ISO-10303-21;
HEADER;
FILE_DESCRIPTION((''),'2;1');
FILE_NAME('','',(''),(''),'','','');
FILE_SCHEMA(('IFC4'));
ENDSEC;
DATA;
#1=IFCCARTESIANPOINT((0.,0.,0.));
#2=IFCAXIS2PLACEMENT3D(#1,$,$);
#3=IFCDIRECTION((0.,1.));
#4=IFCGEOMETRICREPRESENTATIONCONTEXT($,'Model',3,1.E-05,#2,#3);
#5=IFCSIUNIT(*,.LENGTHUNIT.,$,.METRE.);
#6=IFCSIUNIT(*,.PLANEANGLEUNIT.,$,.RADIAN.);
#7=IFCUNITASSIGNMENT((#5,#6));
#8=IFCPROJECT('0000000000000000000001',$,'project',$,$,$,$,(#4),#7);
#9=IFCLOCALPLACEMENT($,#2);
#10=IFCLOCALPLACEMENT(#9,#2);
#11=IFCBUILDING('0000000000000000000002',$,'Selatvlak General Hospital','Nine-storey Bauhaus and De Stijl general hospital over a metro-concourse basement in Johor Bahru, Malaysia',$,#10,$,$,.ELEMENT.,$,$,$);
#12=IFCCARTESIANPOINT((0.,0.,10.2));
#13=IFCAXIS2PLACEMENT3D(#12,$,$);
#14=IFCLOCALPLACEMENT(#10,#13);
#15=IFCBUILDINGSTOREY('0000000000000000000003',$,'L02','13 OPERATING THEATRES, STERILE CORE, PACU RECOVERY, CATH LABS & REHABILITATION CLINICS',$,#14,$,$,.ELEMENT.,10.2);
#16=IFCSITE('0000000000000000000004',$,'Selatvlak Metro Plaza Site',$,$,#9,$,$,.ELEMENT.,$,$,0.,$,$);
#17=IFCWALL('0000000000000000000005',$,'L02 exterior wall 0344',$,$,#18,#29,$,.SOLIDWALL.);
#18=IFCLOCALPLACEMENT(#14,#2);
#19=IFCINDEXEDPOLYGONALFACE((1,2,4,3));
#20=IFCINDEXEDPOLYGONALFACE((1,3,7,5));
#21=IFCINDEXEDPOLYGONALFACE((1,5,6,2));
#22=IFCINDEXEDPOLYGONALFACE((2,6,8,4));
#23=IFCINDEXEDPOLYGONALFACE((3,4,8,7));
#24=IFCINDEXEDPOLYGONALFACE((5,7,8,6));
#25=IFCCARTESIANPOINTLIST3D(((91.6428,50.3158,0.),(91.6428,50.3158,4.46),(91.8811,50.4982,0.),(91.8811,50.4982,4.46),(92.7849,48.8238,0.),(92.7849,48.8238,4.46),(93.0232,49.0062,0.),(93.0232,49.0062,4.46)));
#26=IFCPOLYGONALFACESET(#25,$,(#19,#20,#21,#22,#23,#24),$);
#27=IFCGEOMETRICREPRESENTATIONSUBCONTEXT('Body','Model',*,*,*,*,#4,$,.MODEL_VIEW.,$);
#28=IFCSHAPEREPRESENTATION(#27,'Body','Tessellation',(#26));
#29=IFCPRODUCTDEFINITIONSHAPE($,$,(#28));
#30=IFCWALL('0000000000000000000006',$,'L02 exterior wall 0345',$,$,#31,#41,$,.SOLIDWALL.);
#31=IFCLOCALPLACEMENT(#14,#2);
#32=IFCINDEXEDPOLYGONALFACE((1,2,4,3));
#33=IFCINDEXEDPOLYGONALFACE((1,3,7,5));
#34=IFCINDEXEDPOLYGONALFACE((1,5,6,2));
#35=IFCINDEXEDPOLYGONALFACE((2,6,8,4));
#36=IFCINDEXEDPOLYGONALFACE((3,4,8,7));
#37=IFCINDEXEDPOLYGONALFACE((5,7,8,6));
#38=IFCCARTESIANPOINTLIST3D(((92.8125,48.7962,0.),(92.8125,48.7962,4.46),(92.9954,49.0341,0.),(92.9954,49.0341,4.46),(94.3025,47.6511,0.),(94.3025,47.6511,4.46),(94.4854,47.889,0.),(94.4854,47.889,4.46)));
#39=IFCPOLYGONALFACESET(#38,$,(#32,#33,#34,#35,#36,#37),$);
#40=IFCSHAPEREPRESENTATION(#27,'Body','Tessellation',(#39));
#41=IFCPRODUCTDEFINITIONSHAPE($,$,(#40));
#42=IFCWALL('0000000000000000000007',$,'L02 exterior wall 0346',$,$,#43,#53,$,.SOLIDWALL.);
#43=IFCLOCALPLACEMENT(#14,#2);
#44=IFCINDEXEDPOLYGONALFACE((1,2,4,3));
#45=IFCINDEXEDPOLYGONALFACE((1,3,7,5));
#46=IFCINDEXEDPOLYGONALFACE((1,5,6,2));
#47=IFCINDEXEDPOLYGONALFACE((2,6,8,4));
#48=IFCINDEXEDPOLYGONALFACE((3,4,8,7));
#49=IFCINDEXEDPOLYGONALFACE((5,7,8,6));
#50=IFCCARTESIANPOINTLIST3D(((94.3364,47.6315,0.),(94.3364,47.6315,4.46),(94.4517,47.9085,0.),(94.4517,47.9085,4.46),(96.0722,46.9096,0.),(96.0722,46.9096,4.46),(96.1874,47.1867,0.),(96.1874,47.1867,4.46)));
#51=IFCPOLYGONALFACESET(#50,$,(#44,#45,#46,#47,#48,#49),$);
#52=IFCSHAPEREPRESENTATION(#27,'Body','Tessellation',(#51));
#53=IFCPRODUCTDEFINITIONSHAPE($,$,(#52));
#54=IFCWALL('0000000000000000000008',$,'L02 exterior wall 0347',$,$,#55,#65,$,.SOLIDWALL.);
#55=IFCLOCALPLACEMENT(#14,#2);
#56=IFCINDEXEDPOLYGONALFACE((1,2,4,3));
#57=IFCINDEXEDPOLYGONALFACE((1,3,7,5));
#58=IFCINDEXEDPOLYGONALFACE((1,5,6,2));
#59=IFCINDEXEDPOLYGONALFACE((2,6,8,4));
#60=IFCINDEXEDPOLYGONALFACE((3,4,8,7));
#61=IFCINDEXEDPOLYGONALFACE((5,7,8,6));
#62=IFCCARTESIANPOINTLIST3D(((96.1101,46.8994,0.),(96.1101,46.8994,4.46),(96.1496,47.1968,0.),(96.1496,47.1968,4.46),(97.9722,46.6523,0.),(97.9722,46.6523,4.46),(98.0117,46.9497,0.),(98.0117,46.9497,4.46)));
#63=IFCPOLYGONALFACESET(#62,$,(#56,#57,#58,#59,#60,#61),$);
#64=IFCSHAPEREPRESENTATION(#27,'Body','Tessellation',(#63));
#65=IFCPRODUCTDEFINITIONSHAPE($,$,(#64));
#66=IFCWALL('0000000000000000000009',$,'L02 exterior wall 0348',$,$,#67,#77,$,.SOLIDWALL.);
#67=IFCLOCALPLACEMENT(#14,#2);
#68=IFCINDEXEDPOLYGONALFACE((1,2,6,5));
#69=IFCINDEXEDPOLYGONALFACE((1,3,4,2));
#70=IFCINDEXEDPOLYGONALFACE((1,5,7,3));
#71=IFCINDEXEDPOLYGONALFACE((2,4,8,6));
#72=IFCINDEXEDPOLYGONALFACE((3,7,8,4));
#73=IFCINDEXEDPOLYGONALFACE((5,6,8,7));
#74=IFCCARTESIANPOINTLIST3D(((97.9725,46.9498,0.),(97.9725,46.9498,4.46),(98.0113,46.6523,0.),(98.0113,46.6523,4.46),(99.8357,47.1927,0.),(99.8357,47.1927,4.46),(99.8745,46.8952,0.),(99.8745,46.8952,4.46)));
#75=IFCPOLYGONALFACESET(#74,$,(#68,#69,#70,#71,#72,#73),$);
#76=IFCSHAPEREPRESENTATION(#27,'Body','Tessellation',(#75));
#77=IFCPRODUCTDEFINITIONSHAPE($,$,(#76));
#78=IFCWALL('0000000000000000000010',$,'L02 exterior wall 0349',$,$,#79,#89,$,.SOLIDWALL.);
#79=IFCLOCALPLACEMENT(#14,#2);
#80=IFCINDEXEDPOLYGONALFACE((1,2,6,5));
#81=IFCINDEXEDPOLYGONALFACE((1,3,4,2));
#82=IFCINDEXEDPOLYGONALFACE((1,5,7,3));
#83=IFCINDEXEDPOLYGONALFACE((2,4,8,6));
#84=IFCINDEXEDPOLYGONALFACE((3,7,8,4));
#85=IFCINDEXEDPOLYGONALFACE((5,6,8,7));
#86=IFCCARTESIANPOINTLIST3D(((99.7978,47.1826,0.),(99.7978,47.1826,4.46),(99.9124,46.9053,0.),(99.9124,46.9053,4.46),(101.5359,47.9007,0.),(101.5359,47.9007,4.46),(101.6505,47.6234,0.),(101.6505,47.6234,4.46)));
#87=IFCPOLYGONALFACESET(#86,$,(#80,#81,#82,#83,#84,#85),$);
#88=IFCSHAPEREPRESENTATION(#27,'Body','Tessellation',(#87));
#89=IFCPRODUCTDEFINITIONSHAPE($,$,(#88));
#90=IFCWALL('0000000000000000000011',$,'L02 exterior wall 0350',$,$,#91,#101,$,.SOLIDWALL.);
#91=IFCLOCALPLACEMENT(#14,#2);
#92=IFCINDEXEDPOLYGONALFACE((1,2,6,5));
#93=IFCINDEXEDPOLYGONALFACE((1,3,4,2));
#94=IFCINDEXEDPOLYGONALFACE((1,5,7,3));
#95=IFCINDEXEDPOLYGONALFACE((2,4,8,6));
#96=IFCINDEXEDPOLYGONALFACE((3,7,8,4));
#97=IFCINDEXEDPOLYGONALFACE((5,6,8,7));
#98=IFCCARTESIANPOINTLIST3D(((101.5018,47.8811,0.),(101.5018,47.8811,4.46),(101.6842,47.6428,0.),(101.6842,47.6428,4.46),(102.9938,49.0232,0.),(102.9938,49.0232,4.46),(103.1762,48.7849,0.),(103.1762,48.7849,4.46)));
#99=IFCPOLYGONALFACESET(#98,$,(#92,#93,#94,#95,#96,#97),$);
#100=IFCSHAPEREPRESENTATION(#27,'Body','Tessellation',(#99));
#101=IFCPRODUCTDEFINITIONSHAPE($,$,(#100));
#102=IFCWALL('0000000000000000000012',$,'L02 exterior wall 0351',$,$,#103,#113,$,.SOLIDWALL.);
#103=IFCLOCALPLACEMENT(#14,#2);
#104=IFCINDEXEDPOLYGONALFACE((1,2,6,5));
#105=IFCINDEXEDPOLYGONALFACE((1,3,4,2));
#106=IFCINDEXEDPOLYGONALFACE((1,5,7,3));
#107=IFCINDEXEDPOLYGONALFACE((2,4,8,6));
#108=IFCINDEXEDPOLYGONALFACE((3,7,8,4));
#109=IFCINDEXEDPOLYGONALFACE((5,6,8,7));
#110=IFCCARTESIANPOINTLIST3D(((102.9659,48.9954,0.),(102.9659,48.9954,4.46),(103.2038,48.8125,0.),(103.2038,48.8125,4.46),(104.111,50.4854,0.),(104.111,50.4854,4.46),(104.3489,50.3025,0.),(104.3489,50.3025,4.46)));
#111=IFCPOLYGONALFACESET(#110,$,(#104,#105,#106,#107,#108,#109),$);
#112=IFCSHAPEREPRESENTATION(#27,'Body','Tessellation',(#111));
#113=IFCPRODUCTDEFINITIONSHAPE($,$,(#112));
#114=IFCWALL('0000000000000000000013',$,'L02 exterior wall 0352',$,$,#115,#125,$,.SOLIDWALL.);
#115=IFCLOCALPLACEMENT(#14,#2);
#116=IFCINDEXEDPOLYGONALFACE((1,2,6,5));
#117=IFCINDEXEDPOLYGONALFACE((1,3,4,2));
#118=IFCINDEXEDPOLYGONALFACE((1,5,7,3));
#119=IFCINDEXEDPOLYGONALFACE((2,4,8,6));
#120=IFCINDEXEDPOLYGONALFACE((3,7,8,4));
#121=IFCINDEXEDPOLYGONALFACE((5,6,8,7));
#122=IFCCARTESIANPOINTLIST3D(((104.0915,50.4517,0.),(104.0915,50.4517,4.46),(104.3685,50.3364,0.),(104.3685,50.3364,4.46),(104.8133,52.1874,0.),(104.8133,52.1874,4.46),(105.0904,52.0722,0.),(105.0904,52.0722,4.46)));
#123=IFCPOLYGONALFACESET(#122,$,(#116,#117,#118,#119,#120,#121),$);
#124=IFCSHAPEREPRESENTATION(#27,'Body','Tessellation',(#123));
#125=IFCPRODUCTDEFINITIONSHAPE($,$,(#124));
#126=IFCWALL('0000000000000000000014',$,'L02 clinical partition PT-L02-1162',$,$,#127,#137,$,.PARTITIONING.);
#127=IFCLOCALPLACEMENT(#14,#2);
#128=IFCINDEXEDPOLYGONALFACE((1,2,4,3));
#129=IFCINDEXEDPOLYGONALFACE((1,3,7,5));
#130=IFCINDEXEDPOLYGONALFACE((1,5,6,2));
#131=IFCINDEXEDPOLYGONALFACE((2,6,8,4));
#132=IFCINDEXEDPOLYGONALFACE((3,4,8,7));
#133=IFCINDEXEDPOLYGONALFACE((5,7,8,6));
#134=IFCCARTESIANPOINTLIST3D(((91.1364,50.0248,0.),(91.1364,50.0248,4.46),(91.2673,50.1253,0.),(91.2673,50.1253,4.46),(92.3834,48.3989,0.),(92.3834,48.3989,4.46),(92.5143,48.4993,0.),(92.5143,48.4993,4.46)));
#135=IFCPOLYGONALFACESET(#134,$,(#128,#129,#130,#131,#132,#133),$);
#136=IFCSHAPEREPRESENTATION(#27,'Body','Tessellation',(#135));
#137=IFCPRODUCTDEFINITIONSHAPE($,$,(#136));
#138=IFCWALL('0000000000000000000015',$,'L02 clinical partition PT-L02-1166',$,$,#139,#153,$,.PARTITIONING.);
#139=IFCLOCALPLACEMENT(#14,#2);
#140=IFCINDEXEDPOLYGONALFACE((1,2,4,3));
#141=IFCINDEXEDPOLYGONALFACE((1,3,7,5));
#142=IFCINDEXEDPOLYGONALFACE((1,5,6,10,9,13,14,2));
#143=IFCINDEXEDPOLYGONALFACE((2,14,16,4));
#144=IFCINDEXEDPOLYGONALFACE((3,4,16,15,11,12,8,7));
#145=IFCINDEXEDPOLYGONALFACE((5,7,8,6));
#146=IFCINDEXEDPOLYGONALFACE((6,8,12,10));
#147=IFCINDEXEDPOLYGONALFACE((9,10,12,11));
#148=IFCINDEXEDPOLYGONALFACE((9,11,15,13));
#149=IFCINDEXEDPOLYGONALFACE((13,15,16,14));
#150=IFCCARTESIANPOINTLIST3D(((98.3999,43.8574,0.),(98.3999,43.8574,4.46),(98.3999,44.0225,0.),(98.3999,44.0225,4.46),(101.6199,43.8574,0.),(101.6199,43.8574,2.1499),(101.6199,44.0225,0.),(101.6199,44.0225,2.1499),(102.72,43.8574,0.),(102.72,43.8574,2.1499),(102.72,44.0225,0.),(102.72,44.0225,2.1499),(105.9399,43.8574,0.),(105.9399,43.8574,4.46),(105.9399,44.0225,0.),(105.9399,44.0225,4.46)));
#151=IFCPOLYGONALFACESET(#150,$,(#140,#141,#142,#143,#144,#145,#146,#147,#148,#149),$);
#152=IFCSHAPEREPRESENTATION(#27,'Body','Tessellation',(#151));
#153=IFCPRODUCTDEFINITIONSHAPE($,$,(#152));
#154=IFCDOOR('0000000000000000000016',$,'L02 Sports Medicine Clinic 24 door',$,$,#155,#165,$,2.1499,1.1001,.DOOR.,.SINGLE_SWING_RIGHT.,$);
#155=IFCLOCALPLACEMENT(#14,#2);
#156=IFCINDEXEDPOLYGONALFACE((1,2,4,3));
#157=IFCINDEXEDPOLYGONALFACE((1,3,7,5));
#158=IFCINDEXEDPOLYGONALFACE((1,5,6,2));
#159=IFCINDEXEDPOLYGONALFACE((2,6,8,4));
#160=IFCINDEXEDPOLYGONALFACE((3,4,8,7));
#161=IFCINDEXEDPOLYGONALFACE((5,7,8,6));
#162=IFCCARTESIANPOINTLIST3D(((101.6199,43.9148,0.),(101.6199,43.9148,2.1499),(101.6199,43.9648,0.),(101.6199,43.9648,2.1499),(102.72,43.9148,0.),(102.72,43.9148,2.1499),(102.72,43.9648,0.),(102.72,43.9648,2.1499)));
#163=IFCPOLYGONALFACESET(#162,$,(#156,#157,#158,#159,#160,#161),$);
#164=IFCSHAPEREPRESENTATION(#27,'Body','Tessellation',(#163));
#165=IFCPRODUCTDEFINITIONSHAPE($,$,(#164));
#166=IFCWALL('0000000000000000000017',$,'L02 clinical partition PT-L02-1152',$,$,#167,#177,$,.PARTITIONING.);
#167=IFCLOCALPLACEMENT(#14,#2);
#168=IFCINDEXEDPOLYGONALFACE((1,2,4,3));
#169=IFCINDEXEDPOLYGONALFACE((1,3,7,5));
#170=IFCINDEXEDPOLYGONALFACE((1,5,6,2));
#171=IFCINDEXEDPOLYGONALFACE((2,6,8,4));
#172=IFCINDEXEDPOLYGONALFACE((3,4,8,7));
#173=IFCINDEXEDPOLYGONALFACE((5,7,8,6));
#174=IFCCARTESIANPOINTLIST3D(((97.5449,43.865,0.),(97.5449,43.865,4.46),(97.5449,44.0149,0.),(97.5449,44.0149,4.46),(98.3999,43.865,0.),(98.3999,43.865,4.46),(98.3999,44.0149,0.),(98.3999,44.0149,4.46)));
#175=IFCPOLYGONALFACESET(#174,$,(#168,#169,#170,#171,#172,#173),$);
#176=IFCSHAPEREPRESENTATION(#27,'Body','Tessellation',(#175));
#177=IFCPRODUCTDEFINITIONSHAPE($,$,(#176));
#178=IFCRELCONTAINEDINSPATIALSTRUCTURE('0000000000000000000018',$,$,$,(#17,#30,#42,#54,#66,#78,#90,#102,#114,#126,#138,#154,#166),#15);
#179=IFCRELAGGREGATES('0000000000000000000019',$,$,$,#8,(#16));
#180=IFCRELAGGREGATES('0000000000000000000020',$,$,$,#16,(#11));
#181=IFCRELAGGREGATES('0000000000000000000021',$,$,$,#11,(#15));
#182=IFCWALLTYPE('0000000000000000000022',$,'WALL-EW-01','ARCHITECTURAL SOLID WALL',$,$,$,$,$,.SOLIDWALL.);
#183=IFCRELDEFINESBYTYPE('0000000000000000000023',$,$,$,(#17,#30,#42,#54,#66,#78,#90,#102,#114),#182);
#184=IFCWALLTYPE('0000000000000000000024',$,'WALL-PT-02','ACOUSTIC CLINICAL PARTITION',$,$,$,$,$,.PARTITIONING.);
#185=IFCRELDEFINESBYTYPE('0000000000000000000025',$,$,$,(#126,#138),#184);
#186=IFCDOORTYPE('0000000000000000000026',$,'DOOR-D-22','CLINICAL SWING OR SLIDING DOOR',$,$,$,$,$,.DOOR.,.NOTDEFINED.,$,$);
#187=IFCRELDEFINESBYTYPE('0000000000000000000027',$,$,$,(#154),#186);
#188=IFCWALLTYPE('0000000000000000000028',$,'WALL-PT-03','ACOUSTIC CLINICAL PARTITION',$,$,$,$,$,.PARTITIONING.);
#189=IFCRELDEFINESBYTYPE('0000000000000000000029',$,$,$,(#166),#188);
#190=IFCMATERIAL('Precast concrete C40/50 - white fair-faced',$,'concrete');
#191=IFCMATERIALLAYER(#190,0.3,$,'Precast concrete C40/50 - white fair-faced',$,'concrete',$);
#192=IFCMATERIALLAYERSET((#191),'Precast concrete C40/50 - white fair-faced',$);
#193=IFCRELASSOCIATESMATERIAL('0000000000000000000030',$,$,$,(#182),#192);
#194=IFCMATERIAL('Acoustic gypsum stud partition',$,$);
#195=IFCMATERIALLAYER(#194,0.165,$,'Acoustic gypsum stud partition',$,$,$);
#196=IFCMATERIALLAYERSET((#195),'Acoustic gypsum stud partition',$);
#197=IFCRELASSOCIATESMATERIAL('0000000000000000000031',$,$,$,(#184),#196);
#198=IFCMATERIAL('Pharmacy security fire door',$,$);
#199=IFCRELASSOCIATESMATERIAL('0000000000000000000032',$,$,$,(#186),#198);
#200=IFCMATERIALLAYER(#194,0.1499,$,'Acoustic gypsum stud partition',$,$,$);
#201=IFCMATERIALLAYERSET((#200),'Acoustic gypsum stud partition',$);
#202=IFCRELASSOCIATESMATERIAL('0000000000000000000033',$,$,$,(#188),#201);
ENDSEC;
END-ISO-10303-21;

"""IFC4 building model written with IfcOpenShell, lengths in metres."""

from ifc_helpers import new_model, si_unit, direction, frame, frame_2d, origin, place, context, subcontext, project, spatial, rectangle, extrude, material, layer, layer_set, type_object, element, fill, save


model = new_model("IFC4")

# Units and contexts
model_context = context("Model", 3, precision=1e-05, world=origin(), true_north=direction((0.0, 1.0)))
body_context = subcontext(model_context, "Body", "Model", "MODEL_VIEW")
ifc_project = project(units=[si_unit("LENGTHUNIT", "METRE"), si_unit("PLANEANGLEUNIT", "RADIAN")], contexts=[model_context])

# Site, building, storey
site_placement = place(None, origin())
site = spatial("IfcSite", under=ifc_project, at=site_placement, Name="Selatvlak Metro Plaza Site", CompositionType="ELEMENT", RefElevation=0.0)
building_placement = place(site_placement, origin())
building = spatial("IfcBuilding", under=site, at=building_placement, Name="Selatvlak General Hospital", Description="Nine-storey Bauhaus and De Stijl general hospital over a metro-concourse basement in Johor Bahru, Malaysia", CompositionType="ELEMENT")
storey_placement = place(building_placement, frame((0.0, 0.0, 10.2)))
storey = spatial("IfcBuildingStorey", under=building, at=storey_placement, Name="L02", Description="13 OPERATING THEATRES, STERILE CORE, PACU RECOVERY, CATH LABS & REHABILITATION CLINICS", CompositionType="ELEMENT", Elevation=10.2)

# Walls
ifc_material_1 = material(Name="Precast concrete C40/50 - white fair-faced", Category="concrete")
ifc_layer_1 = layer(ifc_material_1, 0.3, Name="Precast concrete C40/50 - white fair-faced", Category="concrete")
ifc_layer_set_1 = layer_set([ifc_layer_1], Name="Precast concrete C40/50 - white fair-faced")
wall_type_1 = type_object("IfcWallType", Name="WALL-EW-01", Description="ARCHITECTURAL SOLID WALL", PredefinedType="SOLIDWALL", material=ifc_layer_set_1)
wall_1_placement = place(storey_placement, frame((91.762, 50.407, 0.0), z_axis=(0.0, 0.0, 1.0), x_axis=(0.60785, -0.794052, 0.0)))
element("IfcWall", 1, at=wall_1_placement, inside=storey, type_object=wall_type_1, Name="L02 exterior wall 0344", PredefinedType="SOLIDWALL", context=body_context, shape_type="SweptSolid", body=[
    extrude(rectangle(XDim=1.8789, YDim=0.3, at=frame_2d((0.9395, 0.0))), origin(), (0.0, 0.0, 1.0), 4.46),
])
wall_2_placement = place(storey_placement, frame((92.9041, 48.915, 0.0), z_axis=(0.0, 0.0, 1.0), x_axis=(0.792914, -0.609334, 0.0)))
element("IfcWall", 2, at=wall_2_placement, inside=storey, type_object=wall_type_1, Name="L02 exterior wall 0345", PredefinedType="SOLIDWALL", context=body_context, shape_type="SweptSolid", body=[
    extrude(rectangle(XDim=1.8792, YDim=0.3, at=frame_2d((0.9395, 0.0))), origin(), (0.0, 0.0, 1.0), 4.46),
])
wall_3_placement = place(storey_placement, frame((94.394, 47.77, 0.0), z_axis=(0.0, 0.0, 1.0), x_axis=(0.92333, -0.384007, 0.0)))
element("IfcWall", 3, at=wall_3_placement, inside=storey, type_object=wall_type_1, Name="L02 exterior wall 0346", PredefinedType="SOLIDWALL", context=body_context, shape_type="SweptSolid", body=[
    extrude(rectangle(XDim=1.8799, YDim=0.3, at=frame_2d((0.9399, 0.0))), origin(), (0.0, 0.0, 1.0), 4.46),
])
wall_4_placement = place(storey_placement, frame((96.1299, 47.0481, 0.0), z_axis=(0.0, 0.0, 1.0), x_axis=(0.991312, -0.131534, 0.0)))
element("IfcWall", 4, at=wall_4_placement, inside=storey, type_object=wall_type_1, Name="L02 exterior wall 0347", PredefinedType="SOLIDWALL", context=body_context, shape_type="SweptSolid", body=[
    extrude(rectangle(XDim=1.8784, YDim=0.3, at=frame_2d((0.9392, 0.0))), origin(), (0.0, 0.0, 1.0), 4.46),
])
wall_5_placement = place(storey_placement, frame((97.9919, 46.801, 0.0), z_axis=(0.0, 0.0, 1.0), x_axis=(0.991606, 0.129295, 0.0)))
element("IfcWall", 5, at=wall_5_placement, inside=storey, type_object=wall_type_1, Name="L02 exterior wall 0348", PredefinedType="SOLIDWALL", context=body_context, shape_type="SweptSolid", body=[
    extrude(rectangle(XDim=1.8789, YDim=0.3, at=frame_2d((0.9395, 0.0))), origin(), (0.0, 0.0, 1.0), 4.46),
])
wall_6_placement = place(storey_placement, frame((99.855, 47.0439, 0.0), z_axis=(0.0, 0.0, 1.0), x_axis=(0.924237, 0.38182, 0.0)))
element("IfcWall", 6, at=wall_6_placement, inside=storey, type_object=wall_type_1, Name="L02 exterior wall 0349", PredefinedType="SOLIDWALL", context=body_context, shape_type="SweptSolid", body=[
    extrude(rectangle(XDim=1.8806, YDim=0.3, at=frame_2d((0.9404, 0.0))), origin(), (0.0, 0.0, 1.0), 4.46),
])
wall_7_placement = place(storey_placement, frame((101.593, 47.762, 0.0), z_axis=(0.0, 0.0, 1.0), x_axis=(0.794052, 0.60785, 0.0)))
element("IfcWall", 7, at=wall_7_placement, inside=storey, type_object=wall_type_1, Name="L02 exterior wall 0350", PredefinedType="SOLIDWALL", context=body_context, shape_type="SweptSolid", body=[
    extrude(rectangle(XDim=1.8789, YDim=0.3, at=frame_2d((0.9395, 0.0))), origin(), (0.0, 0.0, 1.0), 4.46),
])
wall_8_placement = place(storey_placement, frame((103.085, 48.9041, 0.0), z_axis=(0.0, 0.0, 1.0), x_axis=(0.609334, 0.792914, 0.0)))
element("IfcWall", 8, at=wall_8_placement, inside=storey, type_object=wall_type_1, Name="L02 exterior wall 0351", PredefinedType="SOLIDWALL", context=body_context, shape_type="SweptSolid", body=[
    extrude(rectangle(XDim=1.8792, YDim=0.3, at=frame_2d((0.9395, 0.0))), origin(), (0.0, 0.0, 1.0), 4.46),
])
wall_9_placement = place(storey_placement, frame((104.23, 50.394, 0.0), z_axis=(0.0, 0.0, 1.0), x_axis=(0.384007, 0.92333, 0.0)))
element("IfcWall", 9, at=wall_9_placement, inside=storey, type_object=wall_type_1, Name="L02 exterior wall 0352", PredefinedType="SOLIDWALL", context=body_context, shape_type="SweptSolid", body=[
    extrude(rectangle(XDim=1.8799, YDim=0.3, at=frame_2d((0.9399, 0.0))), origin(), (0.0, 0.0, 1.0), 4.46),
])

# Shared definitions
ifc_material_2 = material(Name="Acoustic gypsum stud partition")

# Wall
ifc_layer_2 = layer(ifc_material_2, 0.165, Name="Acoustic gypsum stud partition")
ifc_layer_set_2 = layer_set([ifc_layer_2], Name="Acoustic gypsum stud partition")
wall_type_2 = type_object("IfcWallType", Name="WALL-PT-02", Description="ACOUSTIC CLINICAL PARTITION", PredefinedType="PARTITIONING", material=ifc_layer_set_2)
wall_10_placement = place(storey_placement, frame((91.2019, 50.075, 0.0), z_axis=(0.0, 0.0, 1.0), x_axis=(0.608582, -0.793491, 0.0)))
element("IfcWall", 10, at=wall_10_placement, inside=storey, type_object=wall_type_2, Name="L02 clinical partition PT-L02-1162", PredefinedType="PARTITIONING", context=body_context, shape_type="SweptSolid", body=[
    extrude(rectangle(XDim=2.0491, YDim=0.165, at=frame_2d((1.0244, 0.0))), origin(), (0.0, 0.0, 1.0), 4.46),
])

# Wall, opening, door
wall_11_placement = place(storey_placement, frame((98.3999, 43.9399, 0.0), z_axis=(0.0, 0.0, 1.0), x_axis=(1.0, 0.0, 0.0)))
wall_11 = element("IfcWall", 11, at=wall_11_placement, inside=storey, type_object=wall_type_2, Name="L02 clinical partition PT-L02-1166", PredefinedType="PARTITIONING", context=body_context, shape_type="SweptSolid", body=[
    extrude(rectangle(XDim=7.54, YDim=0.165, at=frame_2d((3.77, 0.0))), origin(), (0.0, 0.0, 1.0), 4.46),
])
opening_1_placement = place(wall_11_placement, frame((3.22, 0.0, 0.0)))
opening_1 = element("IfcOpeningElement", 12, at=opening_1_placement, cuts=wall_11, PredefinedType="OPENING", context=body_context, shape_type="SweptSolid", body=[
    extrude(rectangle(XDim=1.1001, YDim=2.1499, at=frame_2d((0.55, 1.075))), frame((0.0, 0.0925, 0.0), z_axis=(0.0, -1.0, 0.0), x_axis=(1.0, 0.0, 0.0)), (0.0, 0.0, 1.0), 0.1851),
])
ifc_material_3 = material(Name="Pharmacy security fire door")
door_type_1 = type_object("IfcDoorType", Name="DOOR-D-22", Description="CLINICAL SWING OR SLIDING DOOR", OperationType="NOTDEFINED", PredefinedType="DOOR", material=ifc_material_3)
door_1_placement = place(opening_1_placement, origin())
door_1 = element("IfcDoor", 13, at=door_1_placement, inside=storey, type_object=door_type_1, Name="L02 Sports Medicine Clinic 24 door", OperationType="SINGLE_SWING_RIGHT", OverallHeight=2.1499, OverallWidth=1.1001, PredefinedType="DOOR", context=body_context, shape_type="SweptSolid", body=[
    extrude(rectangle(XDim=1.1001, YDim=2.1499, at=frame_2d((0.55, 1.075))), frame((0.0, 0.0249, 0.0), z_axis=(0.0, -1.0, 0.0), x_axis=(1.0, 0.0, 0.0)), (0.0, 0.0, 1.0), 0.05),
])
fill(opening_1, door_1)

# Wall
ifc_layer_3 = layer(ifc_material_2, 0.1499, Name="Acoustic gypsum stud partition")
ifc_layer_set_3 = layer_set([ifc_layer_3], Name="Acoustic gypsum stud partition")
wall_type_3 = type_object("IfcWallType", Name="WALL-PT-03", Description="ACOUSTIC CLINICAL PARTITION", PredefinedType="PARTITIONING", material=ifc_layer_set_3)
wall_12_placement = place(storey_placement, frame((97.5449, 43.9399, 0.0), z_axis=(0.0, 0.0, 1.0), x_axis=(1.0, 0.0, 0.0)))
element("IfcWall", 14, at=wall_12_placement, inside=storey, type_object=wall_type_3, Name="L02 clinical partition PT-L02-1152", PredefinedType="PARTITIONING", context=body_context, shape_type="SweptSolid", body=[
    extrude(rectangle(XDim=0.855, YDim=0.1499, at=frame_2d((0.4275, 0.0))), origin(), (0.0, 0.0, 1.0), 4.46),
])

save(model, "model.ifc")
